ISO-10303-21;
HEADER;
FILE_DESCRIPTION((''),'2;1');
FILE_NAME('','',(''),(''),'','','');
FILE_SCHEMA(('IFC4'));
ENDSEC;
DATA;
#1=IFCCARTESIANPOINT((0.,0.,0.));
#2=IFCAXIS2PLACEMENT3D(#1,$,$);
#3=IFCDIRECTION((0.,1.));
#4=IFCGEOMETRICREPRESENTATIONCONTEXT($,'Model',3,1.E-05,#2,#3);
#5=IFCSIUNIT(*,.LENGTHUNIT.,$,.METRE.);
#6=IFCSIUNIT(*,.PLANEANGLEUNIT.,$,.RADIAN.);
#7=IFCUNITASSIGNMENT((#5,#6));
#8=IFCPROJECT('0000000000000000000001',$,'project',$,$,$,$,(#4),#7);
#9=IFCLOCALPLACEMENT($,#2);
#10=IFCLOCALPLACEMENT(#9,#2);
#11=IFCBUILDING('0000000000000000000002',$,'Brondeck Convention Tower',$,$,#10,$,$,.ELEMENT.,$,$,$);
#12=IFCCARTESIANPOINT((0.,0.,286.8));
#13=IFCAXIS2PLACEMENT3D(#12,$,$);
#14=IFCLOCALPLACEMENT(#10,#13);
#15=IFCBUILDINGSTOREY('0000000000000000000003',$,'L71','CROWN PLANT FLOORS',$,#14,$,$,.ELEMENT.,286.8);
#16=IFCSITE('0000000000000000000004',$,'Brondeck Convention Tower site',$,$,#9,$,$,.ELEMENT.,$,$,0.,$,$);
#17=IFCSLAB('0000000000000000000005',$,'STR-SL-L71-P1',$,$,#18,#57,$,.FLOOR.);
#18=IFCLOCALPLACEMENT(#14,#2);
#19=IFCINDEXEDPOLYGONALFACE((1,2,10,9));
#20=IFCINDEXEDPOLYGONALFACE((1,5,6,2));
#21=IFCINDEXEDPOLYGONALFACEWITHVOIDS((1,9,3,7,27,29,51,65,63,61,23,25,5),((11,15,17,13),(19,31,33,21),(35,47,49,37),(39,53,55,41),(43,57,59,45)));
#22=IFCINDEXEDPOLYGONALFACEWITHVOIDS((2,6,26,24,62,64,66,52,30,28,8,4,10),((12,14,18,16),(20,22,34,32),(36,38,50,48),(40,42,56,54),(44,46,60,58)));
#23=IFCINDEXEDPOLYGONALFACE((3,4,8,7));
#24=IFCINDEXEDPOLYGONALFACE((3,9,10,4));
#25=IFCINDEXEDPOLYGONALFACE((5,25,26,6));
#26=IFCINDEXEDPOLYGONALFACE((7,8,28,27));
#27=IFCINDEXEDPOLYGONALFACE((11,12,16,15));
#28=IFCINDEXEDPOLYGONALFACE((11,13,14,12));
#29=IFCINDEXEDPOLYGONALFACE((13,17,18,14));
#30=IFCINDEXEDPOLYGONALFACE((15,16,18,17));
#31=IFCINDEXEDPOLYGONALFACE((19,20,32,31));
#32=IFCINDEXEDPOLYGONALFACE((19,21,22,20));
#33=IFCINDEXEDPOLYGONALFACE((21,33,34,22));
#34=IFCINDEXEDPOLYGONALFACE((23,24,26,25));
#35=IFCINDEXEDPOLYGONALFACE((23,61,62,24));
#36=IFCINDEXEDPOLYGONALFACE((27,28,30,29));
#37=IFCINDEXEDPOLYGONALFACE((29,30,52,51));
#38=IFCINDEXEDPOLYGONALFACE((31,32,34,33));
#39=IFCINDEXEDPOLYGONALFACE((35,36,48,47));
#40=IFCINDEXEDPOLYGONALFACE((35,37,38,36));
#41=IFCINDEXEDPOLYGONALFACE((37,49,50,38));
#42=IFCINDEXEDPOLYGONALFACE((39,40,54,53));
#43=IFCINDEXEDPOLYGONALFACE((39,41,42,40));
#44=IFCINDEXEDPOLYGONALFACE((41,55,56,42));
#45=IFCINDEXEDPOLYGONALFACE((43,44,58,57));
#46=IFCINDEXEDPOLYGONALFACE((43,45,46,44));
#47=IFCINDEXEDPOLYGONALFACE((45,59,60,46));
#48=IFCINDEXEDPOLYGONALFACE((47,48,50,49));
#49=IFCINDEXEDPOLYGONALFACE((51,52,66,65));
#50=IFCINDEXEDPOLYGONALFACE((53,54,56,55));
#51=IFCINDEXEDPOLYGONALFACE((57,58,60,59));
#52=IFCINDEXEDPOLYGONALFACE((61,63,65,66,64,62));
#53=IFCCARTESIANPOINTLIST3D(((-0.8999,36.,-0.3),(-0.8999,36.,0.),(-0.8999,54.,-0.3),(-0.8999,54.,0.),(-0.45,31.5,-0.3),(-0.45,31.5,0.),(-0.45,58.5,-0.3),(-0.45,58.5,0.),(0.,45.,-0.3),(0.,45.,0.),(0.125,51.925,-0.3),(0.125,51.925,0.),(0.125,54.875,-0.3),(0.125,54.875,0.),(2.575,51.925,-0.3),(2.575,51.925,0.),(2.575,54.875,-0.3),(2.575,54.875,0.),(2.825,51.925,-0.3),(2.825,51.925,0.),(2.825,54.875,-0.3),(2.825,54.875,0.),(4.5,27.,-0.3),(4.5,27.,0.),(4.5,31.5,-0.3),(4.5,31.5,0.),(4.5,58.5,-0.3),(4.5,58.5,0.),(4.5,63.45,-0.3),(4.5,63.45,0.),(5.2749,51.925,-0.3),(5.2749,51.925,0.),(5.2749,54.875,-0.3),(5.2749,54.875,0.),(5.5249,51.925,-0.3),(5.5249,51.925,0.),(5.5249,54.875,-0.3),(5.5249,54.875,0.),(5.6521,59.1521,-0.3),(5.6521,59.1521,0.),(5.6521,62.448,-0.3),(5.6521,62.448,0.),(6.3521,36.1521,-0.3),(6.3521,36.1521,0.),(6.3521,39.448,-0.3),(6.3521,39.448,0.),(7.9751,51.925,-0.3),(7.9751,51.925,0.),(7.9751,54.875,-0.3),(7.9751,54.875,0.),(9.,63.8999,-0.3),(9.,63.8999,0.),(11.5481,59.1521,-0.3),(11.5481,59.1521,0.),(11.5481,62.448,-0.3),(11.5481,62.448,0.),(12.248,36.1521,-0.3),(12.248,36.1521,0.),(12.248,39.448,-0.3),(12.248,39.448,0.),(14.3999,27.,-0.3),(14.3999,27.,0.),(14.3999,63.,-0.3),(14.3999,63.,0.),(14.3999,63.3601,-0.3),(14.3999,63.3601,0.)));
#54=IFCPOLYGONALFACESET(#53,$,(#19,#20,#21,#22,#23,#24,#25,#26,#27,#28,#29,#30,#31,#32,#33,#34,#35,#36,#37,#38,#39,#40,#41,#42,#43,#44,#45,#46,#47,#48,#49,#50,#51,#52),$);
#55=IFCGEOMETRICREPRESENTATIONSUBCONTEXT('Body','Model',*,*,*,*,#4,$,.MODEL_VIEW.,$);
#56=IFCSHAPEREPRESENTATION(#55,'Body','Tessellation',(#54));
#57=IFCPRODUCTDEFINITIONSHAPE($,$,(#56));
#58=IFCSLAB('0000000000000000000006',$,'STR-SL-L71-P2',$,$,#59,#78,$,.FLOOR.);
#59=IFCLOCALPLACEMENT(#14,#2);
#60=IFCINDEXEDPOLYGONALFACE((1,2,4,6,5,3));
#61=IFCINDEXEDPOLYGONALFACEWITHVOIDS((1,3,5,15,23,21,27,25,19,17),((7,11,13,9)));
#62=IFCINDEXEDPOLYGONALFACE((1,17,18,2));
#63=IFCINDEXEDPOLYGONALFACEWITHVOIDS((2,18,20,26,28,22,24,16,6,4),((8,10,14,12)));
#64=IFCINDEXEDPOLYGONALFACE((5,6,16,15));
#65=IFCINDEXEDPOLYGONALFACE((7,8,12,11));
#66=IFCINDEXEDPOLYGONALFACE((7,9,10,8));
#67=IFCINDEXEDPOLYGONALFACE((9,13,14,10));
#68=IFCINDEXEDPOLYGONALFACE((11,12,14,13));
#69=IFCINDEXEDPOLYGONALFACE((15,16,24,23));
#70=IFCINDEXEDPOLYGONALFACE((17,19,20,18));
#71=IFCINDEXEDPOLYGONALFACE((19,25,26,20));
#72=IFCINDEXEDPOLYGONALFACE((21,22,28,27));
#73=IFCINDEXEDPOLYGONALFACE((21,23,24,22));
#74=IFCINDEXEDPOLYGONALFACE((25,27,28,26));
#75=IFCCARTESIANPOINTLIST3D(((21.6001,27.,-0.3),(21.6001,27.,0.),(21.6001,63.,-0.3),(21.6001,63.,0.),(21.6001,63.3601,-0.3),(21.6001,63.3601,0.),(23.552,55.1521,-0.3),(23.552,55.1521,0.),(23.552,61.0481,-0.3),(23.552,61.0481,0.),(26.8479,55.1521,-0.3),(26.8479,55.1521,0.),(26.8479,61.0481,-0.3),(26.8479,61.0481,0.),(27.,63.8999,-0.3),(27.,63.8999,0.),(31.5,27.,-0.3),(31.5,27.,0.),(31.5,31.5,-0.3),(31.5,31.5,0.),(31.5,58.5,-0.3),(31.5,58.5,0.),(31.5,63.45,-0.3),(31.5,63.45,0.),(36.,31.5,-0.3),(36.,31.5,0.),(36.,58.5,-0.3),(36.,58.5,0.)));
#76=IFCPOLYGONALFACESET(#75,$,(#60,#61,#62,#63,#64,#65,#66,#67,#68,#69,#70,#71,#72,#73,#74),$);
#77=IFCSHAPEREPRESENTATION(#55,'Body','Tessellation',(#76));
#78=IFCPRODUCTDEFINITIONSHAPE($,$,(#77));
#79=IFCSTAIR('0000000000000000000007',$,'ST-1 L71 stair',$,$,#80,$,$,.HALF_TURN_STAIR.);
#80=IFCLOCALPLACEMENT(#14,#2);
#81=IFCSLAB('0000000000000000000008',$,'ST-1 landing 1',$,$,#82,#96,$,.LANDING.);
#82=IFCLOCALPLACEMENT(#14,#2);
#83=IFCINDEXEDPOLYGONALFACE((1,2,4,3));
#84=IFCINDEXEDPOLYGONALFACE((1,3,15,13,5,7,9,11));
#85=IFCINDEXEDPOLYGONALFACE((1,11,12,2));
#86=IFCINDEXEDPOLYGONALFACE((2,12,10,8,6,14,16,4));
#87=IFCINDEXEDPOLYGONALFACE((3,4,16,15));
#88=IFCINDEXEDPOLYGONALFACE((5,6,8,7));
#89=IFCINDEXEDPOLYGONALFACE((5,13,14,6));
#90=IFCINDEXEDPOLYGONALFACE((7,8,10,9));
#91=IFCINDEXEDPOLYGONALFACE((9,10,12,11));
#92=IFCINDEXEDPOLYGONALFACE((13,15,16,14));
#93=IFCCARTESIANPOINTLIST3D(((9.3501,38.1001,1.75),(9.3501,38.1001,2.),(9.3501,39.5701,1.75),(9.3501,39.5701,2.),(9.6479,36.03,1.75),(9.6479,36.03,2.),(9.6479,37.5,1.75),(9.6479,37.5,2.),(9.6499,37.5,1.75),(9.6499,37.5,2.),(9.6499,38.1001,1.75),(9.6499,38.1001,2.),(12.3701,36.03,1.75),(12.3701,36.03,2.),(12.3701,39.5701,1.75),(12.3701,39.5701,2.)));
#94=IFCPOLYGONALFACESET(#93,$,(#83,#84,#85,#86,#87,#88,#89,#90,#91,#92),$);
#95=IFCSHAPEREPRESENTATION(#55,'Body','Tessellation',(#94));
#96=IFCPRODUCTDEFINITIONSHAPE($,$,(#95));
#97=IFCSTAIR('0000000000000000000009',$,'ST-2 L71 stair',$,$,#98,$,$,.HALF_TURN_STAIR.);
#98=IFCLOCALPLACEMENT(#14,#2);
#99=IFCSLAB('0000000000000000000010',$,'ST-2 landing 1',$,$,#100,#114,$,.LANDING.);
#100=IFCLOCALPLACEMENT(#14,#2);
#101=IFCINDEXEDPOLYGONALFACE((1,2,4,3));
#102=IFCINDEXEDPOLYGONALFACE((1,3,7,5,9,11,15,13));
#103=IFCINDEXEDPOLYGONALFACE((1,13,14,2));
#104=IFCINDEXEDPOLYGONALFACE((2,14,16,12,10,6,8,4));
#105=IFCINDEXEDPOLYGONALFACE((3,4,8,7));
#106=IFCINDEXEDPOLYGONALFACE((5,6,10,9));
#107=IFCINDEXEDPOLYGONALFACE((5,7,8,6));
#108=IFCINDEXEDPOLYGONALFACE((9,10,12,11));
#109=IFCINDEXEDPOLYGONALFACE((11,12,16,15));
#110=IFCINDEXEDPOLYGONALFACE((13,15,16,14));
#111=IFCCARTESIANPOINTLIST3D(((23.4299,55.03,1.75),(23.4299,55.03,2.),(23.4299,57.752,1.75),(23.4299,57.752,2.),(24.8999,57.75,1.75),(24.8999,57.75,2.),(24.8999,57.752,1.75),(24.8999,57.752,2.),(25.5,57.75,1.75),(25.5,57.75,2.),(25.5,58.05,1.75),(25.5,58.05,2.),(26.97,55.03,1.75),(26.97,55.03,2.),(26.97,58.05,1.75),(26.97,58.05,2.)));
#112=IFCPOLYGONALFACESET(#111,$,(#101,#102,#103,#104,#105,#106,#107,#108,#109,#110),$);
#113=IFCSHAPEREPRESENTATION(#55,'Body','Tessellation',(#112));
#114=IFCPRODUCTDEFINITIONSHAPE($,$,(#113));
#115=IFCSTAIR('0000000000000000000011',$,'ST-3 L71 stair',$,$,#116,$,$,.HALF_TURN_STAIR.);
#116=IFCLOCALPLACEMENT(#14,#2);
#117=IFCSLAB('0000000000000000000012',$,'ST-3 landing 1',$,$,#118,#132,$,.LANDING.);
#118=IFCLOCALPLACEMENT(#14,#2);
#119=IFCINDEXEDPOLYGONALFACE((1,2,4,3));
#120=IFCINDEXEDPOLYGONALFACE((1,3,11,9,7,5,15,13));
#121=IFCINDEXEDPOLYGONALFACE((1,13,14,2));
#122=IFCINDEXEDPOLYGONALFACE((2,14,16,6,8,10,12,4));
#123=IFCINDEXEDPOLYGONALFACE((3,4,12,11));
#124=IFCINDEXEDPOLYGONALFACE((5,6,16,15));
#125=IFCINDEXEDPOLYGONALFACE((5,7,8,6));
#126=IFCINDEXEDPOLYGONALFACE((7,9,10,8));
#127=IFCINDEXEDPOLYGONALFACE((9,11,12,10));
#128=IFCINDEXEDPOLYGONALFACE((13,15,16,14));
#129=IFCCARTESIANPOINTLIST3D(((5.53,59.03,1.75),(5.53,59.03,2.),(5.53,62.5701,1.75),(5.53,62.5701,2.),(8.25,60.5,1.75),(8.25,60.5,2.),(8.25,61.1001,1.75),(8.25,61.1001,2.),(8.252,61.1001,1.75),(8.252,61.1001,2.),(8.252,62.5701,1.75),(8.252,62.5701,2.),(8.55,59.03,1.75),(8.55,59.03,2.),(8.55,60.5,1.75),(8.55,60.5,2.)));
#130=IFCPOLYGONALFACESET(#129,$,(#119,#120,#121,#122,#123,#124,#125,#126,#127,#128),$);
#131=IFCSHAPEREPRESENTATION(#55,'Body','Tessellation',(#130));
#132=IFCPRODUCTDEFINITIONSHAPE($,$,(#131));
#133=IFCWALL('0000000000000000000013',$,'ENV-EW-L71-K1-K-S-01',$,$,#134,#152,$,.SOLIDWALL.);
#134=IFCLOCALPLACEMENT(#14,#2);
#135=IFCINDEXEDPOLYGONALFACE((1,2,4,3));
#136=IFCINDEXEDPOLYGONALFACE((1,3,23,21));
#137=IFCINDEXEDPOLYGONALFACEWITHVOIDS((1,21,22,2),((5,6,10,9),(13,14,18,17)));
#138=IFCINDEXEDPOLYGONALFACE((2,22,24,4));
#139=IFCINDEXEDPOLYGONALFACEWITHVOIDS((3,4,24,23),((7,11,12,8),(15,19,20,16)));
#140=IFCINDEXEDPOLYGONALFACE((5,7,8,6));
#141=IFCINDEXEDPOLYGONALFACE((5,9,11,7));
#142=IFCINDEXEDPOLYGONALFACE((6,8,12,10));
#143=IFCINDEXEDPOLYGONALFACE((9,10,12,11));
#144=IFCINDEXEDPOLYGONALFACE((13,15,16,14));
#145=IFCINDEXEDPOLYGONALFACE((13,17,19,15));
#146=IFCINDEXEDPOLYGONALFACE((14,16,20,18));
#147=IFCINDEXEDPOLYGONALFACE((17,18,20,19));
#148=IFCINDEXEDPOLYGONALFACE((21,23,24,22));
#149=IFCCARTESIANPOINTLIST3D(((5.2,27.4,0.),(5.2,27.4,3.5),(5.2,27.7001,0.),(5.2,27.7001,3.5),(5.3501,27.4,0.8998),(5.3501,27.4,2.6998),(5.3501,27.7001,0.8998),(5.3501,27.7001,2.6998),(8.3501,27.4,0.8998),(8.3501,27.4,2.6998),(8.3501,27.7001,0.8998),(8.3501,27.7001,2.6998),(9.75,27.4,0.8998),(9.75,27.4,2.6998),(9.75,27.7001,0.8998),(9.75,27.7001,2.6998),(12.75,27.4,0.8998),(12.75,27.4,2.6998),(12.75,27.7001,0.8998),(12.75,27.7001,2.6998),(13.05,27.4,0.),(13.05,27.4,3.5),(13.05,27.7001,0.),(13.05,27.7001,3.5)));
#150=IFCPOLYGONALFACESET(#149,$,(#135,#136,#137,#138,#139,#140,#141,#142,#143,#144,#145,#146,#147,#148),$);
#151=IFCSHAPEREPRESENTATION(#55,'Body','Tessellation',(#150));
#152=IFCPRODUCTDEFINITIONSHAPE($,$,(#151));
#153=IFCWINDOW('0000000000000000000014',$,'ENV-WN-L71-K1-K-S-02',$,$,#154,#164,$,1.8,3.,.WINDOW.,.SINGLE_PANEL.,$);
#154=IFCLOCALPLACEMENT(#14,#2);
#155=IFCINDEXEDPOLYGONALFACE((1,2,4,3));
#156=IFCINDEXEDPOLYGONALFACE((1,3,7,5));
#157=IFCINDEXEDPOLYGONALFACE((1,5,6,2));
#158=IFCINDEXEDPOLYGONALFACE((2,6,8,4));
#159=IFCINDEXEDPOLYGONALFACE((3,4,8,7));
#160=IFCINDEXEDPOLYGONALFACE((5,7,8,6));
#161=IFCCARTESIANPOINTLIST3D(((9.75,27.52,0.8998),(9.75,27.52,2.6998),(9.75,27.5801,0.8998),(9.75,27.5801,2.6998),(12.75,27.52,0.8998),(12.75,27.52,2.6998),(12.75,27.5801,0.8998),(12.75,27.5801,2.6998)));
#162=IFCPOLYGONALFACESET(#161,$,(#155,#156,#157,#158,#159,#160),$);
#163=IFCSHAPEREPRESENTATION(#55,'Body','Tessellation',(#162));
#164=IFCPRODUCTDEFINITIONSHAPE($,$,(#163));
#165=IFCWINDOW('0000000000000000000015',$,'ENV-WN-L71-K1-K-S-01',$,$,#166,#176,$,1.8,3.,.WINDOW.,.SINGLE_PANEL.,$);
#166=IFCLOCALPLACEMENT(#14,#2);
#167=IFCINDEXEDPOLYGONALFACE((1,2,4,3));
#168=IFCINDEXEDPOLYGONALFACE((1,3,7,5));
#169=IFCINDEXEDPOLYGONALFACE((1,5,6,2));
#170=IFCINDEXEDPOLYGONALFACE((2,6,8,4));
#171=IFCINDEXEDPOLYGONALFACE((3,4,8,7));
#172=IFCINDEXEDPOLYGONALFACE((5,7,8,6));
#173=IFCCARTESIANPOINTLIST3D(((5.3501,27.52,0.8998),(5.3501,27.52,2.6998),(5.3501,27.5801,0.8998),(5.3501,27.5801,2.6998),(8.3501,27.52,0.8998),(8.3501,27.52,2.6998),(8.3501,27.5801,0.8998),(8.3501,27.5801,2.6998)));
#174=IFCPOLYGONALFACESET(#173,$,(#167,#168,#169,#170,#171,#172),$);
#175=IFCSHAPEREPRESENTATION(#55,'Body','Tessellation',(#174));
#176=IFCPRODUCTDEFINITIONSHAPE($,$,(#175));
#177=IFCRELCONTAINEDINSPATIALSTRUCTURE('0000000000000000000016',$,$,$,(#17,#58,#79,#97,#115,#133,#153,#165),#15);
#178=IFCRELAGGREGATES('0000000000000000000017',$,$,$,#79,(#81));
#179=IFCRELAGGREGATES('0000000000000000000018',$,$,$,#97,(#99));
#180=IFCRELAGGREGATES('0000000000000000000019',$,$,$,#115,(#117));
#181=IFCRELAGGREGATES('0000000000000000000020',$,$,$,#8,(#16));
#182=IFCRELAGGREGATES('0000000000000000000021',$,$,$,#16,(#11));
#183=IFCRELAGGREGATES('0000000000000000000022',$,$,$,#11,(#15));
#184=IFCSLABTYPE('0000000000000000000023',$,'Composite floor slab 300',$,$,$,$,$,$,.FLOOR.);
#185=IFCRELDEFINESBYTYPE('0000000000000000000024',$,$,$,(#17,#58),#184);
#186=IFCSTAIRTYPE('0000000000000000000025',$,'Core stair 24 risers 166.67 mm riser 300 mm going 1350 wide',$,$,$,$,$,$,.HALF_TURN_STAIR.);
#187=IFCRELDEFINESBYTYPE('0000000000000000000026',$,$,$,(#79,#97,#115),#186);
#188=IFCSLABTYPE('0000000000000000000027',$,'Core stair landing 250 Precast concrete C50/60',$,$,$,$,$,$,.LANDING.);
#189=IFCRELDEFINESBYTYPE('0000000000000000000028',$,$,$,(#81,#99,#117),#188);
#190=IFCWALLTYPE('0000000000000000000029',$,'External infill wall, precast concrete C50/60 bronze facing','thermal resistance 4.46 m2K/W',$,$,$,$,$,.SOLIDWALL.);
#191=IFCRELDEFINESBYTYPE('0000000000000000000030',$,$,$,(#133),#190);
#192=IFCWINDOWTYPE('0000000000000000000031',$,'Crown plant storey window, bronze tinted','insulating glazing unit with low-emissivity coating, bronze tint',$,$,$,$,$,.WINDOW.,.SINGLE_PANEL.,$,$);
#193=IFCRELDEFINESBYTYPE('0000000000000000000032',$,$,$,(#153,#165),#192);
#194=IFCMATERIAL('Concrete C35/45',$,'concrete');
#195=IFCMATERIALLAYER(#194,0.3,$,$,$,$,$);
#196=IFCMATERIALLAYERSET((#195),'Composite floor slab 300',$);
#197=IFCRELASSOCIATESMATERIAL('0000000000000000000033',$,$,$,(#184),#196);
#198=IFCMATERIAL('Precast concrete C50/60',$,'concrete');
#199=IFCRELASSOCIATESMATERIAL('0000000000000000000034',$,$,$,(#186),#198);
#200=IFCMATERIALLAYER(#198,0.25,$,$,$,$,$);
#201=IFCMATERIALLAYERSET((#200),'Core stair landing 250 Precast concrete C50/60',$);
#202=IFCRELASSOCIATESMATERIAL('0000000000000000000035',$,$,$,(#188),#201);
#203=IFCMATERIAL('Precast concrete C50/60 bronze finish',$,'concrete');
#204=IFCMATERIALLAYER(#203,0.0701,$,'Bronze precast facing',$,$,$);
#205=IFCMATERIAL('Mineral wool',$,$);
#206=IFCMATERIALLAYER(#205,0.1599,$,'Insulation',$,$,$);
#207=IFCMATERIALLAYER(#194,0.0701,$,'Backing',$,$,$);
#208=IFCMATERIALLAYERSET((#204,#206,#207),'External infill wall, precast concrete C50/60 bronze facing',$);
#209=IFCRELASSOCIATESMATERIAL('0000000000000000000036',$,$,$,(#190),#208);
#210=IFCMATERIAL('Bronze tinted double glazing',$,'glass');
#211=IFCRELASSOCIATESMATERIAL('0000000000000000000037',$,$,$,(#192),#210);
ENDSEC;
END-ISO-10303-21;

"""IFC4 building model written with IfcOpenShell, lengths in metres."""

from ifc_helpers import new_model, si_unit, direction, frame, frame_2d, origin, place, context, subcontext, project, spatial, polyline, rectangle, outline, extrude, material, layer, layer_set, type_object, element, fill, aggregate, save


model = new_model("IFC4")

# Units and contexts
model_context = context("Model", 3, precision=1e-05, world=origin(), true_north=direction((0.0, 1.0)))
body_context = subcontext(model_context, "Body", "Model", "MODEL_VIEW")
ifc_project = project(units=[si_unit("LENGTHUNIT", "METRE"), si_unit("PLANEANGLEUNIT", "RADIAN")], contexts=[model_context])

# Site, building, storey
site_placement = place(None, origin())
site = spatial("IfcSite", under=ifc_project, at=site_placement, Name="Brondeck Convention Tower site", CompositionType="ELEMENT", RefElevation=0.0)
building_placement = place(site_placement, origin())
building = spatial("IfcBuilding", under=site, at=building_placement, Name="Brondeck Convention Tower", CompositionType="ELEMENT")
storey_placement = place(building_placement, frame((0.0, 0.0, 286.8)))
storey = spatial("IfcBuildingStorey", under=building, at=storey_placement, Name="L71", Description="CROWN PLANT FLOORS", CompositionType="ELEMENT", Elevation=286.8)

# Slabs
ifc_material_1 = material(Name="Concrete C35/45", Category="concrete")
ifc_layer_1 = layer(ifc_material_1, 0.3)
ifc_layer_set_1 = layer_set([ifc_layer_1], Name="Composite floor slab 300")
slab_type_1 = type_object("IfcSlabType", Name="Composite floor slab 300", PredefinedType="FLOOR", material=ifc_layer_set_1)
slab_1_placement = place(storey_placement, frame((0.0, 0.0, -0.3)))
element("IfcSlab", 1, at=slab_1_placement, inside=storey, type_object=slab_type_1, Name="STR-SL-L71-P1", PredefinedType="FLOOR", context=body_context, shape_type="SweptSolid", body=[
    extrude(outline(polyline([(4.5, 31.5), (-0.45, 31.5), (-0.8999, 36.0), (0.0, 45.0), (-0.8999, 54.0), (-0.45, 58.5), (4.5, 58.5), (4.5, 63.45), (9.0, 63.8999), (14.3999, 63.3601), (14.3999, 63.0), (14.3999, 27.0), (4.5, 27.0), (4.5, 31.5)]), holes=[polyline([(6.3521, 39.448), (6.3521, 36.1521), (12.248, 36.1521), (12.248, 39.448), (6.3521, 39.448)]), polyline([(2.575, 54.875), (0.125, 54.875), (0.125, 51.925), (2.575, 51.925), (2.575, 54.875)]), polyline([(5.2749, 54.875), (2.825, 54.875), (2.825, 51.925), (5.2749, 51.925), (5.2749, 54.875)]), polyline([(5.5249, 54.875), (5.5249, 51.925), (7.9751, 51.925), (7.9751, 54.875), (5.5249, 54.875)]), polyline([(5.6521, 59.1521), (11.5481, 59.1521), (11.5481, 62.448), (5.6521, 62.448), (5.6521, 59.1521)])]), origin(), (0.0, 0.0, 1.0), 0.3),
])
slab_2_placement = place(storey_placement, frame((0.0, 0.0, -0.3)))
element("IfcSlab", 2, at=slab_2_placement, inside=storey, type_object=slab_type_1, Name="STR-SL-L71-P2", PredefinedType="FLOOR", context=body_context, shape_type="SweptSolid", body=[
    extrude(outline(polyline([(21.6001, 63.0), (21.6001, 63.3601), (27.0, 63.8999), (31.5, 63.45), (31.5, 58.5), (36.0, 58.5), (36.0, 31.5), (31.5, 31.5), (31.5, 27.0), (21.6001, 27.0), (21.6001, 63.0)]), holes=[polyline([(26.8479, 55.1521), (26.8479, 61.0481), (23.552, 61.0481), (23.552, 55.1521), (26.8479, 55.1521)])]), origin(), (0.0, 0.0, 1.0), 0.3),
])

# Stairs, slabs
ifc_material_2 = material(Name="Precast concrete C50/60", Category="concrete")
stair_type = type_object("IfcStairType", Name="Core stair 24 risers 166.67 mm riser 300 mm going 1350 wide", PredefinedType="HALF_TURN_STAIR", material=ifc_material_2)
stair_1_placement = place(storey_placement, origin())
stair_1 = element("IfcStair", 3, at=stair_1_placement, inside=storey, type_object=stair_type, Name="ST-1 L71 stair", PredefinedType="HALF_TURN_STAIR")
ifc_layer_2 = layer(ifc_material_2, 0.25)
ifc_layer_set_2 = layer_set([ifc_layer_2], Name="Core stair landing 250 Precast concrete C50/60")
slab_type_2 = type_object("IfcSlabType", Name="Core stair landing 250 Precast concrete C50/60", PredefinedType="LANDING", material=ifc_layer_set_2)
slab_3_placement = place(storey_placement, frame((0.0, 0.0, 1.75)))
slab_3 = element("IfcSlab", 4, at=slab_3_placement, type_object=slab_type_2, Name="ST-1 landing 1", PredefinedType="LANDING", context=body_context, shape_type="SweptSolid", body=[
    extrude(outline(polyline([(9.6479, 37.5), (9.6499, 37.5), (9.6499, 38.1001), (9.3501, 38.1001), (9.3501, 39.5701), (12.3701, 39.5701), (12.3701, 36.03), (9.6479, 36.03), (9.6479, 37.5)])), origin(), (0.0, 0.0, 1.0), 0.25),
])
aggregate(stair_1, [slab_3])
stair_2_placement = place(storey_placement, origin())
stair_2 = element("IfcStair", 5, at=stair_2_placement, inside=storey, type_object=stair_type, Name="ST-2 L71 stair", PredefinedType="HALF_TURN_STAIR")
slab_4_placement = place(storey_placement, frame((0.0, 0.0, 1.75)))
slab_4 = element("IfcSlab", 6, at=slab_4_placement, type_object=slab_type_2, Name="ST-2 landing 1", PredefinedType="LANDING", context=body_context, shape_type="SweptSolid", body=[
    extrude(outline(polyline([(23.4299, 57.752), (24.8999, 57.752), (24.8999, 57.75), (25.5, 57.75), (25.5, 58.05), (26.97, 58.05), (26.97, 55.03), (23.4299, 55.03), (23.4299, 57.752)])), origin(), (0.0, 0.0, 1.0), 0.25),
])
aggregate(stair_2, [slab_4])
stair_3_placement = place(storey_placement, origin())
stair_3 = element("IfcStair", 7, at=stair_3_placement, inside=storey, type_object=stair_type, Name="ST-3 L71 stair", PredefinedType="HALF_TURN_STAIR")
slab_5_placement = place(storey_placement, frame((0.0, 0.0, 1.75)))
slab_5 = element("IfcSlab", 8, at=slab_5_placement, type_object=slab_type_2, Name="ST-3 landing 1", PredefinedType="LANDING", context=body_context, shape_type="SweptSolid", body=[
    extrude(outline(polyline([(8.55, 60.5), (8.55, 59.03), (5.53, 59.03), (5.53, 62.5701), (8.252, 62.5701), (8.252, 61.1001), (8.25, 61.1001), (8.25, 60.5), (8.55, 60.5)])), origin(), (0.0, 0.0, 1.0), 0.25),
])
aggregate(stair_3, [slab_5])

# Wall, openings, windows
ifc_material_3 = material(Name="Precast concrete C50/60 bronze finish", Category="concrete")
ifc_layer_3 = layer(ifc_material_3, 0.0701, Name="Bronze precast facing")
ifc_material_4 = material(Name="Mineral wool")
ifc_layer_4 = layer(ifc_material_4, 0.1599, Name="Insulation")
ifc_layer_5 = layer(ifc_material_1, 0.0701, Name="Backing")
ifc_layer_set_3 = layer_set([ifc_layer_3, ifc_layer_4, ifc_layer_5], Name="External infill wall, precast concrete C50/60 bronze facing")
wall_type_1 = type_object("IfcWallType", Name="External infill wall, precast concrete C50/60 bronze facing", Description="thermal resistance 4.46 m2K/W", PredefinedType="SOLIDWALL", material=ifc_layer_set_3)
wall_1_placement = place(storey_placement, frame((13.05, 27.55, 0.0), z_axis=(0.0, 0.0, 1.0), x_axis=(-1.0, 0.0, 0.0)))
wall_1 = element("IfcWall", 9, at=wall_1_placement, inside=storey, type_object=wall_type_1, Name="ENV-EW-L71-K1-K-S-01", PredefinedType="SOLIDWALL", context=body_context, shape_type="SweptSolid", body=[
    extrude(rectangle(XDim=7.8501, YDim=0.3, at=frame_2d((3.925, 0.0))), origin(), (0.0, 0.0, 1.0), 3.5),
])
opening_1_placement = place(wall_1_placement, frame((0.3, 0.0, 0.8999)))
opening_1 = element("IfcOpeningElement", 10, at=opening_1_placement, cuts=wall_1, PredefinedType="OPENING", context=body_context, shape_type="SweptSolid", body=[
    extrude(rectangle(XDim=3.0, YDim=1.8, at=frame_2d((1.5, 0.8999))), frame((0.0, 0.1599, 0.0), z_axis=(0.0, -1.0, 0.0), x_axis=(1.0, 0.0, 0.0)), (0.0, 0.0, 1.0), 0.3201),
])
opening_2_placement = place(wall_1_placement, frame((4.7, 0.0, 0.8999)))
opening_2 = element("IfcOpeningElement", 11, at=opening_2_placement, cuts=wall_1, PredefinedType="OPENING", context=body_context, shape_type="SweptSolid", body=[
    extrude(rectangle(XDim=3.0, YDim=1.8, at=frame_2d((1.5, 0.8999))), frame((0.0, 0.1599, 0.0), z_axis=(0.0, -1.0, 0.0), x_axis=(1.0, 0.0, 0.0)), (0.0, 0.0, 1.0), 0.3201),
])
ifc_material_5 = material(Name="Bronze tinted double glazing", Category="glass")
window_type = type_object("IfcWindowType", Name="Crown plant storey window, bronze tinted", Description="insulating glazing unit with low-emissivity coating, bronze tint", PartitioningType="SINGLE_PANEL", PredefinedType="WINDOW", material=ifc_material_5)
window_1_placement = place(opening_1_placement, origin())
window_1 = element("IfcWindow", 12, at=window_1_placement, inside=storey, type_object=window_type, Name="ENV-WN-L71-K1-K-S-02", OverallHeight=1.8, OverallWidth=3.0, PartitioningType="SINGLE_PANEL", PredefinedType="WINDOW", context=body_context, shape_type="SweptSolid", body=[
    extrude(rectangle(XDim=3.0, YDim=1.8, at=frame_2d((1.5, 0.8999))), frame((0.0, 0.03, 0.0), z_axis=(0.0, -1.0, 0.0), x_axis=(1.0, 0.0, 0.0)), (0.0, 0.0, 1.0), 0.0601),
])
fill(opening_1, window_1)
window_2_placement = place(opening_2_placement, origin())
window_2 = element("IfcWindow", 13, at=window_2_placement, inside=storey, type_object=window_type, Name="ENV-WN-L71-K1-K-S-01", OverallHeight=1.8, OverallWidth=3.0, PartitioningType="SINGLE_PANEL", PredefinedType="WINDOW", context=body_context, shape_type="SweptSolid", body=[
    extrude(rectangle(XDim=3.0, YDim=1.8, at=frame_2d((1.5, 0.8999))), frame((0.0, 0.03, 0.0), z_axis=(0.0, -1.0, 0.0), x_axis=(1.0, 0.0, 0.0)), (0.0, 0.0, 1.0), 0.0601),
])
fill(opening_2, window_2)

save(model, "model.ifc")
